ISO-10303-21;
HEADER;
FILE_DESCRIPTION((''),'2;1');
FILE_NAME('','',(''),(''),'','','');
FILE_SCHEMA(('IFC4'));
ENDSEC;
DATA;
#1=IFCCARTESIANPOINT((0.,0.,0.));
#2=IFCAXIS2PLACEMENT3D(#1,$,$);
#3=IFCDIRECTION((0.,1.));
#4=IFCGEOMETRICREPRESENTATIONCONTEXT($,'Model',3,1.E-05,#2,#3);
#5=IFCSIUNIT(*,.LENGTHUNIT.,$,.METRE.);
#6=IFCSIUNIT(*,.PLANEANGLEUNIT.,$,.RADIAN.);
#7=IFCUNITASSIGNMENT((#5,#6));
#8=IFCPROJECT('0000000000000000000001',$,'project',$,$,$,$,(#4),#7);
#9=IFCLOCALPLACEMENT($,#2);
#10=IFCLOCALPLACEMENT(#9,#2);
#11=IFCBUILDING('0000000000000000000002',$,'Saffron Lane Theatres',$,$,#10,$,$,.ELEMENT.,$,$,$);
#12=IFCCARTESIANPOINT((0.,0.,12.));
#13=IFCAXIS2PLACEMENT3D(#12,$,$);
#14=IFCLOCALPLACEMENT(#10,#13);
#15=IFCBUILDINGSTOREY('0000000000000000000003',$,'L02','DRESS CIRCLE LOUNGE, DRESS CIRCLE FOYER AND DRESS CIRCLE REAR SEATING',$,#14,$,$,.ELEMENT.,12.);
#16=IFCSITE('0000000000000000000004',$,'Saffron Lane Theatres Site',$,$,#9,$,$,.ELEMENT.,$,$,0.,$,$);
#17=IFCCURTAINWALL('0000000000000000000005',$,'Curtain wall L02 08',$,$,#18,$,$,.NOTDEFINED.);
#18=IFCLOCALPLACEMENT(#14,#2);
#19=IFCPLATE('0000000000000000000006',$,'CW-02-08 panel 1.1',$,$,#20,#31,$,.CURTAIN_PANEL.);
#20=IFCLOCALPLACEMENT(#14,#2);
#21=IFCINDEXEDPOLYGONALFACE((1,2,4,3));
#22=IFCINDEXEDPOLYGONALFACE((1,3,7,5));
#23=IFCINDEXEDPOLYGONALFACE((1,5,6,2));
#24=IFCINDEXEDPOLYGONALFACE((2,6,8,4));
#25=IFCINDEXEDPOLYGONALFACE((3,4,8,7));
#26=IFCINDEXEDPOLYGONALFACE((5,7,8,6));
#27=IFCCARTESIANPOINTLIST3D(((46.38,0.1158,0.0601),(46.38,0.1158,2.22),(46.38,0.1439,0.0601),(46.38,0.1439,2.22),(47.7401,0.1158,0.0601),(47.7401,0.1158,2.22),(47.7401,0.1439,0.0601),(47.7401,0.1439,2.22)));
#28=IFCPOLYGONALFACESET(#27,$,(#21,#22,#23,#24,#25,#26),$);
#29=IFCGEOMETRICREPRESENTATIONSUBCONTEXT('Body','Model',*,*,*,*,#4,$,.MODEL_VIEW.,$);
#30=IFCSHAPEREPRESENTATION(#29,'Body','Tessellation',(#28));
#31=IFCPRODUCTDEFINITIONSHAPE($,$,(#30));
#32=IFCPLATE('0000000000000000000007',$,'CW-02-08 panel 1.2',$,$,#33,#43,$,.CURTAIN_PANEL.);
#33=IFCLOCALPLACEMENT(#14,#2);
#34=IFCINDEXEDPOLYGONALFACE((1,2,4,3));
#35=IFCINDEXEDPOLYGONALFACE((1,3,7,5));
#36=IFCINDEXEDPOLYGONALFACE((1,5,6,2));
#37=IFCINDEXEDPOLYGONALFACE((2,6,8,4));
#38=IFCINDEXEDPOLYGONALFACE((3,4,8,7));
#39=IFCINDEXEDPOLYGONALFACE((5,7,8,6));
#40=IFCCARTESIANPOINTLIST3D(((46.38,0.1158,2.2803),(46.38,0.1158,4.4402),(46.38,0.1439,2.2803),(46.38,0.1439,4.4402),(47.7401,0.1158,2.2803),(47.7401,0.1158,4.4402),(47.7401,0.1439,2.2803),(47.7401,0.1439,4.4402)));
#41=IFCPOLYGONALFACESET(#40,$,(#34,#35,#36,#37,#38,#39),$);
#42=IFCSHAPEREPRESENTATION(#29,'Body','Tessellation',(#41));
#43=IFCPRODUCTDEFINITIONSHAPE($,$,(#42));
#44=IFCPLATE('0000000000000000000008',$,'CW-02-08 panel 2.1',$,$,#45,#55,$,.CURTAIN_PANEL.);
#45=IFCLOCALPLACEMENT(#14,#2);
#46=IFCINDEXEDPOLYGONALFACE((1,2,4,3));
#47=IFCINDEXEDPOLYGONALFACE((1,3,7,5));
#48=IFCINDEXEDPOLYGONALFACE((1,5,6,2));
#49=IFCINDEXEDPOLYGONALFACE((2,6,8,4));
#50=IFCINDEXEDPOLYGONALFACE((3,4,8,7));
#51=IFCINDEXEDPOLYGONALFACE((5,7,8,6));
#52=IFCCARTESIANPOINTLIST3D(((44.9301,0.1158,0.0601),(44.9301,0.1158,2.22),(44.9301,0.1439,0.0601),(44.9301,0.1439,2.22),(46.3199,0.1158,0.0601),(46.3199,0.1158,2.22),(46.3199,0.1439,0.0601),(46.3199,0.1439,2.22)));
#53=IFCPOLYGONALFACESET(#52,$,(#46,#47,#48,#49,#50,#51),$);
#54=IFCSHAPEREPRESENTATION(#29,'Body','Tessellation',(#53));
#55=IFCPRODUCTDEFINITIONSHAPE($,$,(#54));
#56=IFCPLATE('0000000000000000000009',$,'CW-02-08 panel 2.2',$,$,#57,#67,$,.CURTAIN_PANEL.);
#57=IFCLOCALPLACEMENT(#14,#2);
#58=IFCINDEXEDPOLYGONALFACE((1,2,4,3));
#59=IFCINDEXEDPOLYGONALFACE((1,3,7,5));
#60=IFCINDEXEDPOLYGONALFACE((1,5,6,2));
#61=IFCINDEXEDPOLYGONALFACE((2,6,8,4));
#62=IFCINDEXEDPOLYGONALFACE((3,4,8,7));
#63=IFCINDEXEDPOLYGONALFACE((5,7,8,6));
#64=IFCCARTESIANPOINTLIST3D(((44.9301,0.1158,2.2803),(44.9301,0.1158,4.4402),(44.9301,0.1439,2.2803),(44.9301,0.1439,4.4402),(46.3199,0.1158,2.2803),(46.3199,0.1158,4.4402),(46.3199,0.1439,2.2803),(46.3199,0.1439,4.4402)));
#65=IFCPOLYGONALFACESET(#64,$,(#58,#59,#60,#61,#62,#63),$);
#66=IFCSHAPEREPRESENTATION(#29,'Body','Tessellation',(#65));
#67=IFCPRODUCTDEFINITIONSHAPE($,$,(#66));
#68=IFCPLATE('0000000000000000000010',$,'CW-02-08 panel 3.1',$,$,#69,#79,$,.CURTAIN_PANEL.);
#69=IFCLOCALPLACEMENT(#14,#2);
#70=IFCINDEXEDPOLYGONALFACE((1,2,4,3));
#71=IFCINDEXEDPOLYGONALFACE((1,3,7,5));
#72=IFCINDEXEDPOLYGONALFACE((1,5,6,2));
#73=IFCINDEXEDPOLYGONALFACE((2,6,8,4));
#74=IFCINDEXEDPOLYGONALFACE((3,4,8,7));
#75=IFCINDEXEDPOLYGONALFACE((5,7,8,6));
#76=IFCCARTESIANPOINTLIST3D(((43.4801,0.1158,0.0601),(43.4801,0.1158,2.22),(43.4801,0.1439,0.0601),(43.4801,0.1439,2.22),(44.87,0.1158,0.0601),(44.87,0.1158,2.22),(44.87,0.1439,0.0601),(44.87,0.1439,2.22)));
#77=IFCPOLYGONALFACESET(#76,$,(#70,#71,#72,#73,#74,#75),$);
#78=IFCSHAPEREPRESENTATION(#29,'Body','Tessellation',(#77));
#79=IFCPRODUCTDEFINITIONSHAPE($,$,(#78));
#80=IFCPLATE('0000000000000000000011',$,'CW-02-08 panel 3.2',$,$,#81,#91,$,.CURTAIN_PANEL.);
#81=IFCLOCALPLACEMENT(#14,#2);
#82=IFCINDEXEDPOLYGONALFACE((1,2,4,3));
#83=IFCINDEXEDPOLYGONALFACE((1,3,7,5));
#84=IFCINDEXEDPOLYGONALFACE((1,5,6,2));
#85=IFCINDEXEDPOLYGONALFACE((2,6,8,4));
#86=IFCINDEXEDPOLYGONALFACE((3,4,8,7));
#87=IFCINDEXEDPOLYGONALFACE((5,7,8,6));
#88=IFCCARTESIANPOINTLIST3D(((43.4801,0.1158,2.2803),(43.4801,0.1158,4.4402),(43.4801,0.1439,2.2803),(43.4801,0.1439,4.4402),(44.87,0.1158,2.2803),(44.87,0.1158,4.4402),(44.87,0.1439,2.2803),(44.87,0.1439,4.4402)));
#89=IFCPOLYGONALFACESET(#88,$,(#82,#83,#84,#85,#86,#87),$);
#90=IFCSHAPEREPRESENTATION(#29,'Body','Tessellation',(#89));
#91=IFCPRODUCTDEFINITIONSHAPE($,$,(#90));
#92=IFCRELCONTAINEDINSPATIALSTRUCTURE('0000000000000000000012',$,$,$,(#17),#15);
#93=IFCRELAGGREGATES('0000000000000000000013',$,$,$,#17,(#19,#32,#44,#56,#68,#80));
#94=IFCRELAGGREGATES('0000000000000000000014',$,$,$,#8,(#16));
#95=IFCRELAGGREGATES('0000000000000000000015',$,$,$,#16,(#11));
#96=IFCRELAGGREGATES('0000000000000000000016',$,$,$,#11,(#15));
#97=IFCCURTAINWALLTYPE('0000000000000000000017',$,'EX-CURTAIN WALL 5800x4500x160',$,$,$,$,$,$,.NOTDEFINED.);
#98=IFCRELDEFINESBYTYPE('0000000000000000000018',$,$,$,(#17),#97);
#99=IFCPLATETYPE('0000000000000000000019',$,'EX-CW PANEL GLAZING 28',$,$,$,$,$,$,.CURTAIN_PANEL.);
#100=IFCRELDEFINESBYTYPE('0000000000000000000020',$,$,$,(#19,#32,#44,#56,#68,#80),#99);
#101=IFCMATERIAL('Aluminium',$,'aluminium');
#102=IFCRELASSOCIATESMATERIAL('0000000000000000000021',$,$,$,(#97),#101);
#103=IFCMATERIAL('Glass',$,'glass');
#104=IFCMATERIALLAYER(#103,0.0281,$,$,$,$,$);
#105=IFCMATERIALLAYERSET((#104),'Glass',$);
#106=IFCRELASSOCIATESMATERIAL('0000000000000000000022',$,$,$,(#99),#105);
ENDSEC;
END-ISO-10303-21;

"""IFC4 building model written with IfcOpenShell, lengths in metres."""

from ifc_helpers import new_model, si_unit, direction, frame, origin, origin_2d, place, context, subcontext, project, spatial, rectangle, extrude, material, layer, layer_set, type_object, element, aggregate, save


model = new_model("IFC4")

# Units and contexts
model_context = context("Model", 3, precision=1e-05, world=origin(), true_north=direction((0.0, 1.0)))
body_context = subcontext(model_context, "Body", "Model", "MODEL_VIEW")
ifc_project = project(units=[si_unit("LENGTHUNIT", "METRE"), si_unit("PLANEANGLEUNIT", "RADIAN")], contexts=[model_context])

# Site, building, storey
site_placement = place(None, origin())
site = spatial("IfcSite", under=ifc_project, at=site_placement, Name="Saffron Lane Theatres Site", CompositionType="ELEMENT", RefElevation=0.0)
building_placement = place(site_placement, origin())
building = spatial("IfcBuilding", under=site, at=building_placement, Name="Saffron Lane Theatres", CompositionType="ELEMENT")
storey_placement = place(building_placement, frame((0.0, 0.0, 12.0)))
storey = spatial("IfcBuildingStorey", under=building, at=storey_placement, Name="L02", Description="DRESS CIRCLE LOUNGE, DRESS CIRCLE FOYER AND DRESS CIRCLE REAR SEATING", CompositionType="ELEMENT", Elevation=12.0)

# Curtain wall
ifc_material_1 = material(Name="Aluminium", Category="aluminium")
curtain_wall_type_1 = type_object("IfcCurtainWallType", Name="EX-CURTAIN WALL 5800x4500x160", PredefinedType="NOTDEFINED", material=ifc_material_1)
curtain_wall_1_placement = place(storey_placement, origin())
curtain_wall_1 = element("IfcCurtainWall", 1, at=curtain_wall_1_placement, inside=storey, type_object=curtain_wall_type_1, Name="Curtain wall L02 08", PredefinedType="NOTDEFINED")

# Plates
ifc_material_2 = material(Name="Glass", Category="glass")
ifc_layer = layer(ifc_material_2, 0.0281)
ifc_layer_set = layer_set([ifc_layer], Name="Glass")
plate_type = type_object("IfcPlateType", Name="EX-CW PANEL GLAZING 28", PredefinedType="CURTAIN_PANEL", material=ifc_layer_set)
plate_1_placement = place(storey_placement, frame((47.0601, 0.1299, 0.0601), z_axis=(0.0, 0.0, 1.0), x_axis=(-1.0, 0.0, 0.0)))
plate_1 = element("IfcPlate", 2, at=plate_1_placement, type_object=plate_type, Name="CW-02-08 panel 1.1", PredefinedType="CURTAIN_PANEL", context=body_context, shape_type="SweptSolid", body=[
    extrude(rectangle(XDim=1.3601, YDim=0.0281, at=origin_2d()), origin(), (0.0, 0.0, 1.0), 2.1599),
])
plate_2_placement = place(storey_placement, frame((47.0601, 0.1299, 2.2803), z_axis=(0.0, 0.0, 1.0), x_axis=(-1.0, 0.0, 0.0)))
plate_2 = element("IfcPlate", 3, at=plate_2_placement, type_object=plate_type, Name="CW-02-08 panel 1.2", PredefinedType="CURTAIN_PANEL", context=body_context, shape_type="SweptSolid", body=[
    extrude(rectangle(XDim=1.3601, YDim=0.0281, at=origin_2d()), origin(), (0.0, 0.0, 1.0), 2.1599),
])
plate_3_placement = place(storey_placement, frame((45.625, 0.1299, 0.0601), z_axis=(0.0, 0.0, 1.0), x_axis=(-1.0, 0.0, 0.0)))
plate_3 = element("IfcPlate", 4, at=plate_3_placement, type_object=plate_type, Name="CW-02-08 panel 2.1", PredefinedType="CURTAIN_PANEL", context=body_context, shape_type="SweptSolid", body=[
    extrude(rectangle(XDim=1.3899, YDim=0.0281, at=origin_2d()), origin(), (0.0, 0.0, 1.0), 2.1599),
])
plate_4_placement = place(storey_placement, frame((45.625, 0.1299, 2.2803), z_axis=(0.0, 0.0, 1.0), x_axis=(-1.0, 0.0, 0.0)))
plate_4 = element("IfcPlate", 5, at=plate_4_placement, type_object=plate_type, Name="CW-02-08 panel 2.2", PredefinedType="CURTAIN_PANEL", context=body_context, shape_type="SweptSolid", body=[
    extrude(rectangle(XDim=1.3899, YDim=0.0281, at=origin_2d()), origin(), (0.0, 0.0, 1.0), 2.1599),
])
plate_5_placement = place(storey_placement, frame((44.175, 0.1299, 0.0601), z_axis=(0.0, 0.0, 1.0), x_axis=(-1.0, 0.0, 0.0)))
plate_5 = element("IfcPlate", 6, at=plate_5_placement, type_object=plate_type, Name="CW-02-08 panel 3.1", PredefinedType="CURTAIN_PANEL", context=body_context, shape_type="SweptSolid", body=[
    extrude(rectangle(XDim=1.3899, YDim=0.0281, at=origin_2d()), origin(), (0.0, 0.0, 1.0), 2.1599),
])
plate_6_placement = place(storey_placement, frame((44.175, 0.1299, 2.2803), z_axis=(0.0, 0.0, 1.0), x_axis=(-1.0, 0.0, 0.0)))
plate_6 = element("IfcPlate", 7, at=plate_6_placement, type_object=plate_type, Name="CW-02-08 panel 3.2", PredefinedType="CURTAIN_PANEL", context=body_context, shape_type="SweptSolid", body=[
    extrude(rectangle(XDim=1.3899, YDim=0.0281, at=origin_2d()), origin(), (0.0, 0.0, 1.0), 2.1599),
])
aggregate(curtain_wall_1, [plate_1, plate_2, plate_3, plate_4, plate_5, plate_6])

save(model, "model.ifc")
